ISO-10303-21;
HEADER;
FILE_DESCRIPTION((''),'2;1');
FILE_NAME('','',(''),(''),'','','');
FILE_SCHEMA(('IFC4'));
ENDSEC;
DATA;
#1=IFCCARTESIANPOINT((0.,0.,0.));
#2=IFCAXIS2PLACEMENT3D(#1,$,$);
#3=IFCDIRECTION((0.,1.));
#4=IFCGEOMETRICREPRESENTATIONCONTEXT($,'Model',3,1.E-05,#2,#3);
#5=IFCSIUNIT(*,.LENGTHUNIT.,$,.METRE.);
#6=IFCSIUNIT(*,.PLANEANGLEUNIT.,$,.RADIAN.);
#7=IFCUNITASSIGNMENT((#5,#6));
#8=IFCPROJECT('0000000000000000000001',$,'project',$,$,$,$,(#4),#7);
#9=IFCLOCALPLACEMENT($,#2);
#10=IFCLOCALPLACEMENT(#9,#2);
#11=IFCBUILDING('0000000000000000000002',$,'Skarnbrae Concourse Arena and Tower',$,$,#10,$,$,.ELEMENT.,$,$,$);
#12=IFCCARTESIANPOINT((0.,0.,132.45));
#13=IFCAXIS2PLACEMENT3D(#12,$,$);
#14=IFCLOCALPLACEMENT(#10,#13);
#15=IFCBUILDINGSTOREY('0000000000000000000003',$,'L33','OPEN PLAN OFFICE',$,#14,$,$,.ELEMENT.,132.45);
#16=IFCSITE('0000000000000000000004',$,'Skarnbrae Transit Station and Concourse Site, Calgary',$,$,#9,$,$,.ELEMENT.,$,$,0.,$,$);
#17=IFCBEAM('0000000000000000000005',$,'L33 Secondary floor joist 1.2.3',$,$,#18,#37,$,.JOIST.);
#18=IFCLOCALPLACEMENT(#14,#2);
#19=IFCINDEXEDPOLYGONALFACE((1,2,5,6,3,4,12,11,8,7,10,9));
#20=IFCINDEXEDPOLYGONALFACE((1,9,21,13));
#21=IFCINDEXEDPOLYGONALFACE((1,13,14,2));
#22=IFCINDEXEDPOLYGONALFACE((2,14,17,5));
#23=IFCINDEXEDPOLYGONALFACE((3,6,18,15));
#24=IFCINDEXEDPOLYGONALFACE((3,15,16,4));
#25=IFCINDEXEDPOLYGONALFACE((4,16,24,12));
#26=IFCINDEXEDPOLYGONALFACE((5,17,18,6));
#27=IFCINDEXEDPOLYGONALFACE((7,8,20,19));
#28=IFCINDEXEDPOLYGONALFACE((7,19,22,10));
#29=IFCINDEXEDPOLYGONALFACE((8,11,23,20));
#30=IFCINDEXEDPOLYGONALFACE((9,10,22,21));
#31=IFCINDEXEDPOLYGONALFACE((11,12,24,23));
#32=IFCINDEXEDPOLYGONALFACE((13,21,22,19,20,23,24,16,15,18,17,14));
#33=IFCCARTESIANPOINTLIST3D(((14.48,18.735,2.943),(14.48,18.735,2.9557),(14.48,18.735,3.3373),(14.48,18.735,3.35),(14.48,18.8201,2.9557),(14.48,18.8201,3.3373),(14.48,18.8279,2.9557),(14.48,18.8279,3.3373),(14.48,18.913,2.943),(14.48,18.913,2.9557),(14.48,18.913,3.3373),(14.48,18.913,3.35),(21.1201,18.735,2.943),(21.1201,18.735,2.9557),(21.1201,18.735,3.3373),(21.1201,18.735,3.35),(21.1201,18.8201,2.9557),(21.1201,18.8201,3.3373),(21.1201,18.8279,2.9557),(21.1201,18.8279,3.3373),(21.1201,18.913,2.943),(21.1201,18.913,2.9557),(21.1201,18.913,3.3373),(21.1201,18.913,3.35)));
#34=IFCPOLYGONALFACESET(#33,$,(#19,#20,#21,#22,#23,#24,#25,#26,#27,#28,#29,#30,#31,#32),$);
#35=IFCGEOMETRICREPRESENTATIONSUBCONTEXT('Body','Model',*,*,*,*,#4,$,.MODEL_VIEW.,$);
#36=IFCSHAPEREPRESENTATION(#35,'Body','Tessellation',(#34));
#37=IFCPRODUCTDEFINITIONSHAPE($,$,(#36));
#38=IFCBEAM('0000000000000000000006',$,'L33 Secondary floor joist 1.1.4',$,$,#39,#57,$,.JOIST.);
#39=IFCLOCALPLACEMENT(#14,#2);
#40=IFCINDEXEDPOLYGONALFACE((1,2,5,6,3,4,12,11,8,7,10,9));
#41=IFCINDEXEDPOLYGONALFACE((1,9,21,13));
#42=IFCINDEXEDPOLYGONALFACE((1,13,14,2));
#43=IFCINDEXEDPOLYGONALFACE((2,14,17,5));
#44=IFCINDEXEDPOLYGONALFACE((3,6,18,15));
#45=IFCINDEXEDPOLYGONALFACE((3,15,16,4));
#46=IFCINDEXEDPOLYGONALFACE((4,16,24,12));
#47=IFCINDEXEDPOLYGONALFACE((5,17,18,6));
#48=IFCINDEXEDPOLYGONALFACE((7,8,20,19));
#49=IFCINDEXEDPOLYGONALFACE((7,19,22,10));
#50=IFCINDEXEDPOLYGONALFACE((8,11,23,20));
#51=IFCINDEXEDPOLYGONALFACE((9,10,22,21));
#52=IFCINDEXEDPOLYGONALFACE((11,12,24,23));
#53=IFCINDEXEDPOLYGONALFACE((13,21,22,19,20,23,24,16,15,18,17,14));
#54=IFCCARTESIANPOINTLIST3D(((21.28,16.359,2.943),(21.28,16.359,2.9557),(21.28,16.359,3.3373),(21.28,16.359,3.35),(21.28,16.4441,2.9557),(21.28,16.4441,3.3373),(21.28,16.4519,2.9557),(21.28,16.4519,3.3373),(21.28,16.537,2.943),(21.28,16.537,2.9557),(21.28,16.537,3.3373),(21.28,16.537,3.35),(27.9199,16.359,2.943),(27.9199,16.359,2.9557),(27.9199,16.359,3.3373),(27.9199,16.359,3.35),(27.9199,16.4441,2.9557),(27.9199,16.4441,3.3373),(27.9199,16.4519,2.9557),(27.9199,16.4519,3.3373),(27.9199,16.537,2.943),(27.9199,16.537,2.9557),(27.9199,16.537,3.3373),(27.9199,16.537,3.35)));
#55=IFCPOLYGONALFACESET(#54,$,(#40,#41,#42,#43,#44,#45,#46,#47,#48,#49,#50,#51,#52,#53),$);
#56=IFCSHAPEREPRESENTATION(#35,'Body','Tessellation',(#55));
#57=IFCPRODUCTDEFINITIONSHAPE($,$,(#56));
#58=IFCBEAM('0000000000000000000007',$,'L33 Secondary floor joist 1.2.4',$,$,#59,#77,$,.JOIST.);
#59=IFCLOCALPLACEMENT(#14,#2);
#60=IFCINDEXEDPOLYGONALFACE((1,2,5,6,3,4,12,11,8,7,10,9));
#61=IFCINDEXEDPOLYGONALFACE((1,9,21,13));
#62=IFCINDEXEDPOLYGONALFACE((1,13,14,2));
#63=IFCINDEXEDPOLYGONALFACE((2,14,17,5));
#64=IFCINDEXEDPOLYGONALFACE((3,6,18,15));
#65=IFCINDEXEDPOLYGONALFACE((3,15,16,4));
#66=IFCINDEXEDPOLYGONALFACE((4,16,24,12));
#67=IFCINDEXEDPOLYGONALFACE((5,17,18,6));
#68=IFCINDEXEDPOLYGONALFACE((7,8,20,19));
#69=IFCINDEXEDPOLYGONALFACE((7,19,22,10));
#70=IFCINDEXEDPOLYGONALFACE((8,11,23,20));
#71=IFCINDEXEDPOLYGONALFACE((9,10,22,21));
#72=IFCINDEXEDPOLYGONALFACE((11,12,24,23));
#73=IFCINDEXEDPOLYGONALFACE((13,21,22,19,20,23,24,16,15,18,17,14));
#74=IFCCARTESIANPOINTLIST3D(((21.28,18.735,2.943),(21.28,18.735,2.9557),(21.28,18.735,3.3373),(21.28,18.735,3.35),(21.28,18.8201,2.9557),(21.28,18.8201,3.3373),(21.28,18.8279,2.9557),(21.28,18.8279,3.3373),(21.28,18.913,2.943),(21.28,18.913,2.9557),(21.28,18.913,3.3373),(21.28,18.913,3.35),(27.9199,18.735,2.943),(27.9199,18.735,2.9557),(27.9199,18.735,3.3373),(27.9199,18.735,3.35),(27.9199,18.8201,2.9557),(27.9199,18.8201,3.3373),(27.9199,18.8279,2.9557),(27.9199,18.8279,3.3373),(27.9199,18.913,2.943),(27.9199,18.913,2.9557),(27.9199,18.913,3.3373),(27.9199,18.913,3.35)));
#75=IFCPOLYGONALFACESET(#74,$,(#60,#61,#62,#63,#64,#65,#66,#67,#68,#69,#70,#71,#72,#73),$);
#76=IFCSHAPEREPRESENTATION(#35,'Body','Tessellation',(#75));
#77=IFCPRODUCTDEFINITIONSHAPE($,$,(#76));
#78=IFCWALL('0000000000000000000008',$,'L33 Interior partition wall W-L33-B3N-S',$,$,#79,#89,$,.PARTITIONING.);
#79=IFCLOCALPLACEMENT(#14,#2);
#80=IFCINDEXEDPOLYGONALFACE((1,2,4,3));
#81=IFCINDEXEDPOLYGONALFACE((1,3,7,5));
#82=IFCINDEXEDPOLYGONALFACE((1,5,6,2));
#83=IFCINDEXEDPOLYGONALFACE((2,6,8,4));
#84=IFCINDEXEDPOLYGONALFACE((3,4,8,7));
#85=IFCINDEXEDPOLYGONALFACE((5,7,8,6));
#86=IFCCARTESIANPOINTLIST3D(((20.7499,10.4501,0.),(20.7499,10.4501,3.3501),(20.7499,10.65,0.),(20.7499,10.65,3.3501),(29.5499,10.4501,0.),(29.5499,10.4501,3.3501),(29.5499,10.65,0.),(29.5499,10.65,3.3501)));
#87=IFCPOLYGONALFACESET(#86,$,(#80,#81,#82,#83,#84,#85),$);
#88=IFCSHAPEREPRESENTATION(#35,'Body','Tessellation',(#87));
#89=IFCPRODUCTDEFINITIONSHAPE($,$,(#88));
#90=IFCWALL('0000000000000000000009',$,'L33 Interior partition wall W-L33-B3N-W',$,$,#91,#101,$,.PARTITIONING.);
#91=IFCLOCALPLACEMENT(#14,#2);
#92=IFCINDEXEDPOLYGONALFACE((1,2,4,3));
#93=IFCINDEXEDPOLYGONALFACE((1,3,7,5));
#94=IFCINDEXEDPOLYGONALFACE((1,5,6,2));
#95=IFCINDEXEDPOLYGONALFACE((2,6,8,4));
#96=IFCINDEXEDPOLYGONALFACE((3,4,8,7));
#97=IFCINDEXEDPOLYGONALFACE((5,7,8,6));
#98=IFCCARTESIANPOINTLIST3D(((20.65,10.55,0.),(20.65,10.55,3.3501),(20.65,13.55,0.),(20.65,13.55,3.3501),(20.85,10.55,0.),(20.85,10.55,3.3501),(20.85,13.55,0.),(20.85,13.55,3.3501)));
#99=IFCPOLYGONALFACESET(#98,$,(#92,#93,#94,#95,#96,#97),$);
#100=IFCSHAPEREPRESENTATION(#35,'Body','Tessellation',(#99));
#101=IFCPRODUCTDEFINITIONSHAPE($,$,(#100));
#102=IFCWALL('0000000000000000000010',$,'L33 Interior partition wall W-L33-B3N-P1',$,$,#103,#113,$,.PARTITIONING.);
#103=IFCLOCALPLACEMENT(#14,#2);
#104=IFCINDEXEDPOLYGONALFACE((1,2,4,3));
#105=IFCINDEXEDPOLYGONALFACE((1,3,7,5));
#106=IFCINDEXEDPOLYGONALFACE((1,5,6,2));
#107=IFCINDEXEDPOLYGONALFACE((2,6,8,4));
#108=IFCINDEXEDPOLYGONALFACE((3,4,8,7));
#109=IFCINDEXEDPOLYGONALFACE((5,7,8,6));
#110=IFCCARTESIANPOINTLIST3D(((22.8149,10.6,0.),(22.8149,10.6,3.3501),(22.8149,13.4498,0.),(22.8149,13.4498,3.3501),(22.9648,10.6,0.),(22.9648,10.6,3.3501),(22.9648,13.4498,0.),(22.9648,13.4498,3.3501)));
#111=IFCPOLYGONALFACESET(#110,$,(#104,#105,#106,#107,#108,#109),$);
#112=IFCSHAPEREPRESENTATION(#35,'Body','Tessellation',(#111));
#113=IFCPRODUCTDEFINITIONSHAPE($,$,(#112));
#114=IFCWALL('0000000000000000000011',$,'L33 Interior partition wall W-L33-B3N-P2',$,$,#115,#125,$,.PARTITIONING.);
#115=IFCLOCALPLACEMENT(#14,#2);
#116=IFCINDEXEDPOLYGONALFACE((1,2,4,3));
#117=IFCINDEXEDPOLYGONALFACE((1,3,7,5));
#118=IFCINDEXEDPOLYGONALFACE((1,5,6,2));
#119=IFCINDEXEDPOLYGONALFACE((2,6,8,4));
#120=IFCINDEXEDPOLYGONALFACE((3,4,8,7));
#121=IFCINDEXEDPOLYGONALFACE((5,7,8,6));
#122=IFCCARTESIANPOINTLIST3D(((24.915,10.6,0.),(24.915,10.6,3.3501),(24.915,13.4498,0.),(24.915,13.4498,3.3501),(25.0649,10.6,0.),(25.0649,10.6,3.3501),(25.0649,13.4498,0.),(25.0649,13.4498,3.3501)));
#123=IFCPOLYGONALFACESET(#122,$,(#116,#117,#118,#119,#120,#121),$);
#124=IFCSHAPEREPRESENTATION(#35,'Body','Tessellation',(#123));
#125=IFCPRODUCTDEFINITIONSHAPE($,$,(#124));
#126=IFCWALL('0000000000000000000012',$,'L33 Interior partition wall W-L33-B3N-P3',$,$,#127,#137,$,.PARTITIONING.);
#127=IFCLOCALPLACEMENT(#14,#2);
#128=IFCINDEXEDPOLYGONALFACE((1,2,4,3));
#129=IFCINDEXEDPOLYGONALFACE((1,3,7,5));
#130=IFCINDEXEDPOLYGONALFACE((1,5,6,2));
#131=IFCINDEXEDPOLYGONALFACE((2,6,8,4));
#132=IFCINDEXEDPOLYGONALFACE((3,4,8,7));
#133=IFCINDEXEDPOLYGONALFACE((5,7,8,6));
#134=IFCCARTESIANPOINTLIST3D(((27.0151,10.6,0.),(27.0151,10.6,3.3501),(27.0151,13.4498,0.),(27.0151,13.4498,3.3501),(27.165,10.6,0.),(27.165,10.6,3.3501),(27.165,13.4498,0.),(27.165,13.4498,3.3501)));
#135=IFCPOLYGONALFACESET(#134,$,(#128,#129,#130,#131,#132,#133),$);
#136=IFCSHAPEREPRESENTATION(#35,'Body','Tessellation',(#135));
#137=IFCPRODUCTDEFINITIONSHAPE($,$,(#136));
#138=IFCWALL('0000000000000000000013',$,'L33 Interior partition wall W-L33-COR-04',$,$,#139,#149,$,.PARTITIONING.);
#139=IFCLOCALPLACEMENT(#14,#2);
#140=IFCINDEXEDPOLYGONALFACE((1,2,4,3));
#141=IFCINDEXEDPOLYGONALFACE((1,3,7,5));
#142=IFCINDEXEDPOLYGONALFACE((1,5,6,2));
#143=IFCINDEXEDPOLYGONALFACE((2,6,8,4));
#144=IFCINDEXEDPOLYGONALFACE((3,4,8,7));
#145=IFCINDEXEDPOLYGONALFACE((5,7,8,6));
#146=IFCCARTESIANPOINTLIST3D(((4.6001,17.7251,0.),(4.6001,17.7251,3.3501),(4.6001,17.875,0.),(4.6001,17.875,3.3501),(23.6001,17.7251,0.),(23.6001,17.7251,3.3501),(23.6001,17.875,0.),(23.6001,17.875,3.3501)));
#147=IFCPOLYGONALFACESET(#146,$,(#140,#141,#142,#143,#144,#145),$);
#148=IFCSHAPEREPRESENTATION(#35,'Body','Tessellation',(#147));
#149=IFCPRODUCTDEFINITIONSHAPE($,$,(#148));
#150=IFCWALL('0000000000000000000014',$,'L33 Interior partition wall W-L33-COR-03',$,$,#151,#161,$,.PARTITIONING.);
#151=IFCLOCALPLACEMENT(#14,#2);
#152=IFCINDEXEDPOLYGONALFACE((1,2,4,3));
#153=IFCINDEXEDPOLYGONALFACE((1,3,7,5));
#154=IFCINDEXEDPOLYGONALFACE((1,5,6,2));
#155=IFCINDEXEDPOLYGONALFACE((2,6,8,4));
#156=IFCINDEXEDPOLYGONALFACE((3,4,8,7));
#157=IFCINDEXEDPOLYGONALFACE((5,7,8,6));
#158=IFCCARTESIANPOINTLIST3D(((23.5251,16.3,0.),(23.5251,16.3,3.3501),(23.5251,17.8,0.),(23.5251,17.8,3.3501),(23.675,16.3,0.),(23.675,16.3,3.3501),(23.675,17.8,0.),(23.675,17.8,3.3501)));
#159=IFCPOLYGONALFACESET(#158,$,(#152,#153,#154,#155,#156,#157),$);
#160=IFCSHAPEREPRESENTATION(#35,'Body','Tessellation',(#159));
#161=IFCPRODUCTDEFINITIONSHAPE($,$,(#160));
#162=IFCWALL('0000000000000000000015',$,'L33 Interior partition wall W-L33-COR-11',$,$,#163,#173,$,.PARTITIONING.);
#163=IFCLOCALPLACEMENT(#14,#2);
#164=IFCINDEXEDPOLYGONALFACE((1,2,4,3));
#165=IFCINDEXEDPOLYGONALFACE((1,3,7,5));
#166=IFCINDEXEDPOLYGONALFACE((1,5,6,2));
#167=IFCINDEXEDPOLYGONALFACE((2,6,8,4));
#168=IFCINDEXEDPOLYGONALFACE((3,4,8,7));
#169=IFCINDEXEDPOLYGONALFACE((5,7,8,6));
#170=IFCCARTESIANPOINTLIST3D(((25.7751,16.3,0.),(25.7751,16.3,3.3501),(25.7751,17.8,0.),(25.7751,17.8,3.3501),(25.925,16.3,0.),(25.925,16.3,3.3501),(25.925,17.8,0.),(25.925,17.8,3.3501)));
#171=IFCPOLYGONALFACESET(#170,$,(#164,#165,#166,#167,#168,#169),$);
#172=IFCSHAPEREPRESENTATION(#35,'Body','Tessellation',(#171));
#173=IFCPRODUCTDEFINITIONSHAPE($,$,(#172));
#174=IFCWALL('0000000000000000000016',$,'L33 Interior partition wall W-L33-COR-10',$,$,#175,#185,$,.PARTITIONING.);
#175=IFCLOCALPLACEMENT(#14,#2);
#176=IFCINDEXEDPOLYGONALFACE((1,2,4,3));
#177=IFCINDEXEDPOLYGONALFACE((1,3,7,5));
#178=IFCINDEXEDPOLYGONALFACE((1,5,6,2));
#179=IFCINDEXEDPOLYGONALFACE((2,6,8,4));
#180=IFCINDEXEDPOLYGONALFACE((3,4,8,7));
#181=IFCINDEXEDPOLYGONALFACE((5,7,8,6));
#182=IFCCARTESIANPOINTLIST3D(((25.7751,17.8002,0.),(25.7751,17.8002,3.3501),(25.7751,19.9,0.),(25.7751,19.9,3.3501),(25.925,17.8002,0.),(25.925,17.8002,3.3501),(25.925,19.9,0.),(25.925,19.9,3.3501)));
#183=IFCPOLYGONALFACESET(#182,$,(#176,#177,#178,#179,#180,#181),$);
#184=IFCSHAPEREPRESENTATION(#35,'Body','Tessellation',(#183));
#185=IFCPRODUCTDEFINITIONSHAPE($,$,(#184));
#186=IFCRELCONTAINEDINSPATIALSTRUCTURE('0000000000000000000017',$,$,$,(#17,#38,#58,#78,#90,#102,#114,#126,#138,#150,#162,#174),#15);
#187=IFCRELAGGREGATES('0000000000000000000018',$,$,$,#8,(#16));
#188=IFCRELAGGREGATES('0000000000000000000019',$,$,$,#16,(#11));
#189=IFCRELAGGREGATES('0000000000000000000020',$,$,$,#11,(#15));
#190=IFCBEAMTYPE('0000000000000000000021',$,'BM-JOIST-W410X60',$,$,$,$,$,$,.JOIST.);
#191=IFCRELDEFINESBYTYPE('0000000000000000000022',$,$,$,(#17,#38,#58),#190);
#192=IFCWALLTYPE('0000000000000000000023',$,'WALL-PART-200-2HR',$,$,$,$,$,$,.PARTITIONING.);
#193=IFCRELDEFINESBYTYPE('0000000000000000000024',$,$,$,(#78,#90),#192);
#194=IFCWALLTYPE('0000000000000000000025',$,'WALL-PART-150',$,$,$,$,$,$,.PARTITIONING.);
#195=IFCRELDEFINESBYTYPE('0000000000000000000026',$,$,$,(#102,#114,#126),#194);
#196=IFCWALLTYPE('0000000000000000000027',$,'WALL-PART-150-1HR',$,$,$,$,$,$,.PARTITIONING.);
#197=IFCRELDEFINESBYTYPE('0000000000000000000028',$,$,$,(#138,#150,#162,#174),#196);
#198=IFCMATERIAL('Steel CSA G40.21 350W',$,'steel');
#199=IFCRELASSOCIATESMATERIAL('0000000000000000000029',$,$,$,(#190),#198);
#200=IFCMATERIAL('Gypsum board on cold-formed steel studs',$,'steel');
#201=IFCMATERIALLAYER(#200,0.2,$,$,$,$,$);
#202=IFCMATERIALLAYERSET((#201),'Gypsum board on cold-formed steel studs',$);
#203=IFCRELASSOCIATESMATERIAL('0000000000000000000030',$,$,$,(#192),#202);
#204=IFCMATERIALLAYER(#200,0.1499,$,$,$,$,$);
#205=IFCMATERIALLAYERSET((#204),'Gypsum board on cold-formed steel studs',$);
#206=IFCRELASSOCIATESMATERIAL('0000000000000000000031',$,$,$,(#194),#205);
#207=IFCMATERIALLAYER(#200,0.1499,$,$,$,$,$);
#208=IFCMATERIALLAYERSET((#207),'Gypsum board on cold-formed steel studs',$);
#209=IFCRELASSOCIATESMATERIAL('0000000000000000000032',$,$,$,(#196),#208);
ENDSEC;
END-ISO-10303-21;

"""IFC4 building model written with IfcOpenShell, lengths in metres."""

from ifc_helpers import new_model, si_unit, direction, frame, frame_2d, origin, origin_2d, place, context, subcontext, project, spatial, rectangle, i_section, extrude, source, transform, mapped, material, layer, layer_set, material_profile, profile_set, type_object, element, save


model = new_model("IFC4")

# Units and contexts
model_context = context("Model", 3, precision=1e-05, world=origin(), true_north=direction((0.0, 1.0)))
body_context = subcontext(model_context, "Body", "Model", "MODEL_VIEW")
ifc_project = project(units=[si_unit("LENGTHUNIT", "METRE"), si_unit("PLANEANGLEUNIT", "RADIAN")], contexts=[model_context])

# Site, building, storey
site_placement = place(None, origin())
site = spatial("IfcSite", under=ifc_project, at=site_placement, Name="Skarnbrae Transit Station and Concourse Site, Calgary", CompositionType="ELEMENT", RefElevation=0.0)
building_placement = place(site_placement, origin())
building = spatial("IfcBuilding", under=site, at=building_placement, Name="Skarnbrae Concourse Arena and Tower", CompositionType="ELEMENT")
storey_placement = place(building_placement, frame((0.0, 0.0, 132.45)))
storey = spatial("IfcBuildingStorey", under=building, at=storey_placement, Name="L33", Description="OPEN PLAN OFFICE", CompositionType="ELEMENT", Elevation=132.45)

# Shared definitions
ifc_material_1 = material(Name="Steel CSA G40.21 350W", Category="steel")

# Beams
ifc_material_profile_1 = material_profile(ifc_material_1, i_section(OverallWidth=0.178, OverallDepth=0.407, WebThickness=0.0078, FlangeThickness=0.0127, at=origin_2d()), Name="W410X60")
ifc_profile_set_1 = profile_set([ifc_material_profile_1], Name="Steel CSA G40.21 350W")
beam_type_1 = type_object("IfcBeamType", Name="BM-JOIST-W410X60", PredefinedType="JOIST", material=ifc_profile_set_1)
shared_shape_1 = source(origin(), body_context, "Body", "SweptSolid", [
    extrude(i_section(OverallWidth=0.178, OverallDepth=0.407, WebThickness=0.0078, FlangeThickness=0.0127, at=origin_2d()), origin(), (0.0, 0.0, 1.0), 6.6401),
])
for number, where, z_axis, x_axis, name in (
    (1, (14.48, 18.824, 3.1465), (1.0, 0.0, 0.0), (0.0, 1.0, 0.0), "L33 Secondary floor joist 1.2.3"),
):
    element("IfcBeam", number, at=place(storey_placement, frame(where, z_axis=z_axis, x_axis=x_axis)), inside=storey, type_object=beam_type_1, Name=name, PredefinedType="JOIST", context=body_context, shape_type="MappedRepresentation", body=[
        mapped(shared_shape_1, transform((0.0, 0.0, 0.0))),
    ])
shared_shape_2 = source(origin(), body_context, "Body", "SweptSolid", [
    extrude(i_section(OverallWidth=0.178, OverallDepth=0.407, WebThickness=0.0078, FlangeThickness=0.0127, at=origin_2d()), origin(), (0.0, 0.0, 1.0), 6.6399),
])
for number, where, z_axis, x_axis, name in (
    (2, (21.28, 16.448, 3.1465), (1.0, 0.0, 0.0), (0.0, 1.0, 0.0), "L33 Secondary floor joist 1.1.4"),
    (3, (21.28, 18.824, 3.1465), (1.0, 0.0, 0.0), (0.0, 1.0, 0.0), "L33 Secondary floor joist 1.2.4"),
):
    element("IfcBeam", number, at=place(storey_placement, frame(where, z_axis=z_axis, x_axis=x_axis)), inside=storey, type_object=beam_type_1, Name=name, PredefinedType="JOIST", context=body_context, shape_type="MappedRepresentation", body=[
        mapped(shared_shape_2, transform((0.0, 0.0, 0.0))),
    ])

# Walls
ifc_material_2 = material(Name="Gypsum board on cold-formed steel studs", Category="steel")
ifc_layer_1 = layer(ifc_material_2, 0.2)
ifc_layer_set_1 = layer_set([ifc_layer_1], Name="Gypsum board on cold-formed steel studs")
wall_type_1 = type_object("IfcWallType", Name="WALL-PART-200-2HR", PredefinedType="PARTITIONING", material=ifc_layer_set_1)
shared_shape_3 = source(origin(), body_context, "Body", "SweptSolid", [
    extrude(rectangle(XDim=8.8, YDim=0.2, at=frame_2d((4.3999, 0.0))), origin(), (0.0, 0.0, 1.0), 3.3501),
])
wall_1_placement = place(storey_placement, frame((20.75, 10.55, 0.0), z_axis=(0.0, 0.0, 1.0), x_axis=(1.0, 0.0, 0.0)))
element("IfcWall", 4, at=wall_1_placement, inside=storey, type_object=wall_type_1, Name="L33 Interior partition wall W-L33-B3N-S", PredefinedType="PARTITIONING", context=body_context, shape_type="MappedRepresentation", body=[
    mapped(shared_shape_3, transform((0.0, 0.0, 0.0))),
])
shared_shape_4 = source(origin(), body_context, "Body", "SweptSolid", [
    extrude(rectangle(XDim=3.0, YDim=0.2, at=frame_2d((1.5, 0.0))), origin(), (0.0, 0.0, 1.0), 3.3501),
])
wall_2_placement = place(storey_placement, frame((20.75, 10.55, 0.0), z_axis=(0.0, 0.0, 1.0), x_axis=(0.0, 1.0, 0.0)))
element("IfcWall", 5, at=wall_2_placement, inside=storey, type_object=wall_type_1, Name="L33 Interior partition wall W-L33-B3N-W", PredefinedType="PARTITIONING", context=body_context, shape_type="MappedRepresentation", body=[
    mapped(shared_shape_4, transform((0.0, 0.0, 0.0))),
])
ifc_layer_2 = layer(ifc_material_2, 0.1499)
ifc_layer_set_2 = layer_set([ifc_layer_2], Name="Gypsum board on cold-formed steel studs")
wall_type_2 = type_object("IfcWallType", Name="WALL-PART-150", PredefinedType="PARTITIONING", material=ifc_layer_set_2)
shared_shape_5 = source(origin(), body_context, "Body", "SweptSolid", [
    extrude(rectangle(XDim=2.8499, YDim=0.1499, at=frame_2d((1.4248, 0.0))), origin(), (0.0, 0.0, 1.0), 3.3501),
])
for number, where, z_axis, x_axis, name in (
    (6, (22.8899, 10.6001, 0.0), (0.0, 0.0, 1.0), (0.0, 1.0, 0.0), "L33 Interior partition wall W-L33-B3N-P1"),
    (7, (24.99, 10.6001, 0.0), (0.0, 0.0, 1.0), (0.0, 1.0, 0.0), "L33 Interior partition wall W-L33-B3N-P2"),
    (8, (27.0901, 10.6001, 0.0), (0.0, 0.0, 1.0), (0.0, 1.0, 0.0), "L33 Interior partition wall W-L33-B3N-P3"),
):
    element("IfcWall", number, at=place(storey_placement, frame(where, z_axis=z_axis, x_axis=x_axis)), inside=storey, type_object=wall_type_2, Name=name, PredefinedType="PARTITIONING", context=body_context, shape_type="MappedRepresentation", body=[
        mapped(shared_shape_5, transform((0.0, 0.0, 0.0))),
    ])
ifc_layer_3 = layer(ifc_material_2, 0.1499)
ifc_layer_set_3 = layer_set([ifc_layer_3], Name="Gypsum board on cold-formed steel studs")
wall_type_3 = type_object("IfcWallType", Name="WALL-PART-150-1HR", PredefinedType="PARTITIONING", material=ifc_layer_set_3)
shared_shape_6 = source(origin(), body_context, "Body", "SweptSolid", [
    extrude(rectangle(XDim=19.0, YDim=0.1499, at=frame_2d((9.5, 0.0))), origin(), (0.0, 0.0, 1.0), 3.3501),
])
wall_3_placement = place(storey_placement, frame((23.6001, 17.8, 0.0), z_axis=(0.0, 0.0, 1.0), x_axis=(-1.0, 0.0, 0.0)))
element("IfcWall", 9, at=wall_3_placement, inside=storey, type_object=wall_type_3, Name="L33 Interior partition wall W-L33-COR-04", PredefinedType="PARTITIONING", context=body_context, shape_type="MappedRepresentation", body=[
    mapped(shared_shape_6, transform((0.0, 0.0, 0.0))),
])
shared_shape_7 = source(origin(), body_context, "Body", "SweptSolid", [
    extrude(rectangle(XDim=1.5, YDim=0.1499, at=frame_2d((0.75, 0.0))), origin(), (0.0, 0.0, 1.0), 3.3501),
])
for number, where, z_axis, x_axis, name in (
    (10, (23.6001, 16.3, 0.0), (0.0, 0.0, 1.0), (0.0, 1.0, 0.0), "L33 Interior partition wall W-L33-COR-03"),
    (11, (25.8501, 17.8, 0.0), (0.0, 0.0, 1.0), (0.0, -1.0, 0.0), "L33 Interior partition wall W-L33-COR-11"),
):
    element("IfcWall", number, at=place(storey_placement, frame(where, z_axis=z_axis, x_axis=x_axis)), inside=storey, type_object=wall_type_3, Name=name, PredefinedType="PARTITIONING", context=body_context, shape_type="MappedRepresentation", body=[
        mapped(shared_shape_7, transform((0.0, 0.0, 0.0))),
    ])
shared_shape_8 = source(origin(), body_context, "Body", "SweptSolid", [
    extrude(rectangle(XDim=2.0999, YDim=0.1499, at=frame_2d((1.0498, 0.0))), origin(), (0.0, 0.0, 1.0), 3.3501),
])
wall_4_placement = place(storey_placement, frame((25.8501, 19.8999, 0.0), z_axis=(0.0, 0.0, 1.0), x_axis=(0.0, -1.0, 0.0)))
element("IfcWall", 12, at=wall_4_placement, inside=storey, type_object=wall_type_3, Name="L33 Interior partition wall W-L33-COR-10", PredefinedType="PARTITIONING", context=body_context, shape_type="MappedRepresentation", body=[
    mapped(shared_shape_8, transform((0.0, 0.0, 0.0))),
])

save(model, "model.ifc")
